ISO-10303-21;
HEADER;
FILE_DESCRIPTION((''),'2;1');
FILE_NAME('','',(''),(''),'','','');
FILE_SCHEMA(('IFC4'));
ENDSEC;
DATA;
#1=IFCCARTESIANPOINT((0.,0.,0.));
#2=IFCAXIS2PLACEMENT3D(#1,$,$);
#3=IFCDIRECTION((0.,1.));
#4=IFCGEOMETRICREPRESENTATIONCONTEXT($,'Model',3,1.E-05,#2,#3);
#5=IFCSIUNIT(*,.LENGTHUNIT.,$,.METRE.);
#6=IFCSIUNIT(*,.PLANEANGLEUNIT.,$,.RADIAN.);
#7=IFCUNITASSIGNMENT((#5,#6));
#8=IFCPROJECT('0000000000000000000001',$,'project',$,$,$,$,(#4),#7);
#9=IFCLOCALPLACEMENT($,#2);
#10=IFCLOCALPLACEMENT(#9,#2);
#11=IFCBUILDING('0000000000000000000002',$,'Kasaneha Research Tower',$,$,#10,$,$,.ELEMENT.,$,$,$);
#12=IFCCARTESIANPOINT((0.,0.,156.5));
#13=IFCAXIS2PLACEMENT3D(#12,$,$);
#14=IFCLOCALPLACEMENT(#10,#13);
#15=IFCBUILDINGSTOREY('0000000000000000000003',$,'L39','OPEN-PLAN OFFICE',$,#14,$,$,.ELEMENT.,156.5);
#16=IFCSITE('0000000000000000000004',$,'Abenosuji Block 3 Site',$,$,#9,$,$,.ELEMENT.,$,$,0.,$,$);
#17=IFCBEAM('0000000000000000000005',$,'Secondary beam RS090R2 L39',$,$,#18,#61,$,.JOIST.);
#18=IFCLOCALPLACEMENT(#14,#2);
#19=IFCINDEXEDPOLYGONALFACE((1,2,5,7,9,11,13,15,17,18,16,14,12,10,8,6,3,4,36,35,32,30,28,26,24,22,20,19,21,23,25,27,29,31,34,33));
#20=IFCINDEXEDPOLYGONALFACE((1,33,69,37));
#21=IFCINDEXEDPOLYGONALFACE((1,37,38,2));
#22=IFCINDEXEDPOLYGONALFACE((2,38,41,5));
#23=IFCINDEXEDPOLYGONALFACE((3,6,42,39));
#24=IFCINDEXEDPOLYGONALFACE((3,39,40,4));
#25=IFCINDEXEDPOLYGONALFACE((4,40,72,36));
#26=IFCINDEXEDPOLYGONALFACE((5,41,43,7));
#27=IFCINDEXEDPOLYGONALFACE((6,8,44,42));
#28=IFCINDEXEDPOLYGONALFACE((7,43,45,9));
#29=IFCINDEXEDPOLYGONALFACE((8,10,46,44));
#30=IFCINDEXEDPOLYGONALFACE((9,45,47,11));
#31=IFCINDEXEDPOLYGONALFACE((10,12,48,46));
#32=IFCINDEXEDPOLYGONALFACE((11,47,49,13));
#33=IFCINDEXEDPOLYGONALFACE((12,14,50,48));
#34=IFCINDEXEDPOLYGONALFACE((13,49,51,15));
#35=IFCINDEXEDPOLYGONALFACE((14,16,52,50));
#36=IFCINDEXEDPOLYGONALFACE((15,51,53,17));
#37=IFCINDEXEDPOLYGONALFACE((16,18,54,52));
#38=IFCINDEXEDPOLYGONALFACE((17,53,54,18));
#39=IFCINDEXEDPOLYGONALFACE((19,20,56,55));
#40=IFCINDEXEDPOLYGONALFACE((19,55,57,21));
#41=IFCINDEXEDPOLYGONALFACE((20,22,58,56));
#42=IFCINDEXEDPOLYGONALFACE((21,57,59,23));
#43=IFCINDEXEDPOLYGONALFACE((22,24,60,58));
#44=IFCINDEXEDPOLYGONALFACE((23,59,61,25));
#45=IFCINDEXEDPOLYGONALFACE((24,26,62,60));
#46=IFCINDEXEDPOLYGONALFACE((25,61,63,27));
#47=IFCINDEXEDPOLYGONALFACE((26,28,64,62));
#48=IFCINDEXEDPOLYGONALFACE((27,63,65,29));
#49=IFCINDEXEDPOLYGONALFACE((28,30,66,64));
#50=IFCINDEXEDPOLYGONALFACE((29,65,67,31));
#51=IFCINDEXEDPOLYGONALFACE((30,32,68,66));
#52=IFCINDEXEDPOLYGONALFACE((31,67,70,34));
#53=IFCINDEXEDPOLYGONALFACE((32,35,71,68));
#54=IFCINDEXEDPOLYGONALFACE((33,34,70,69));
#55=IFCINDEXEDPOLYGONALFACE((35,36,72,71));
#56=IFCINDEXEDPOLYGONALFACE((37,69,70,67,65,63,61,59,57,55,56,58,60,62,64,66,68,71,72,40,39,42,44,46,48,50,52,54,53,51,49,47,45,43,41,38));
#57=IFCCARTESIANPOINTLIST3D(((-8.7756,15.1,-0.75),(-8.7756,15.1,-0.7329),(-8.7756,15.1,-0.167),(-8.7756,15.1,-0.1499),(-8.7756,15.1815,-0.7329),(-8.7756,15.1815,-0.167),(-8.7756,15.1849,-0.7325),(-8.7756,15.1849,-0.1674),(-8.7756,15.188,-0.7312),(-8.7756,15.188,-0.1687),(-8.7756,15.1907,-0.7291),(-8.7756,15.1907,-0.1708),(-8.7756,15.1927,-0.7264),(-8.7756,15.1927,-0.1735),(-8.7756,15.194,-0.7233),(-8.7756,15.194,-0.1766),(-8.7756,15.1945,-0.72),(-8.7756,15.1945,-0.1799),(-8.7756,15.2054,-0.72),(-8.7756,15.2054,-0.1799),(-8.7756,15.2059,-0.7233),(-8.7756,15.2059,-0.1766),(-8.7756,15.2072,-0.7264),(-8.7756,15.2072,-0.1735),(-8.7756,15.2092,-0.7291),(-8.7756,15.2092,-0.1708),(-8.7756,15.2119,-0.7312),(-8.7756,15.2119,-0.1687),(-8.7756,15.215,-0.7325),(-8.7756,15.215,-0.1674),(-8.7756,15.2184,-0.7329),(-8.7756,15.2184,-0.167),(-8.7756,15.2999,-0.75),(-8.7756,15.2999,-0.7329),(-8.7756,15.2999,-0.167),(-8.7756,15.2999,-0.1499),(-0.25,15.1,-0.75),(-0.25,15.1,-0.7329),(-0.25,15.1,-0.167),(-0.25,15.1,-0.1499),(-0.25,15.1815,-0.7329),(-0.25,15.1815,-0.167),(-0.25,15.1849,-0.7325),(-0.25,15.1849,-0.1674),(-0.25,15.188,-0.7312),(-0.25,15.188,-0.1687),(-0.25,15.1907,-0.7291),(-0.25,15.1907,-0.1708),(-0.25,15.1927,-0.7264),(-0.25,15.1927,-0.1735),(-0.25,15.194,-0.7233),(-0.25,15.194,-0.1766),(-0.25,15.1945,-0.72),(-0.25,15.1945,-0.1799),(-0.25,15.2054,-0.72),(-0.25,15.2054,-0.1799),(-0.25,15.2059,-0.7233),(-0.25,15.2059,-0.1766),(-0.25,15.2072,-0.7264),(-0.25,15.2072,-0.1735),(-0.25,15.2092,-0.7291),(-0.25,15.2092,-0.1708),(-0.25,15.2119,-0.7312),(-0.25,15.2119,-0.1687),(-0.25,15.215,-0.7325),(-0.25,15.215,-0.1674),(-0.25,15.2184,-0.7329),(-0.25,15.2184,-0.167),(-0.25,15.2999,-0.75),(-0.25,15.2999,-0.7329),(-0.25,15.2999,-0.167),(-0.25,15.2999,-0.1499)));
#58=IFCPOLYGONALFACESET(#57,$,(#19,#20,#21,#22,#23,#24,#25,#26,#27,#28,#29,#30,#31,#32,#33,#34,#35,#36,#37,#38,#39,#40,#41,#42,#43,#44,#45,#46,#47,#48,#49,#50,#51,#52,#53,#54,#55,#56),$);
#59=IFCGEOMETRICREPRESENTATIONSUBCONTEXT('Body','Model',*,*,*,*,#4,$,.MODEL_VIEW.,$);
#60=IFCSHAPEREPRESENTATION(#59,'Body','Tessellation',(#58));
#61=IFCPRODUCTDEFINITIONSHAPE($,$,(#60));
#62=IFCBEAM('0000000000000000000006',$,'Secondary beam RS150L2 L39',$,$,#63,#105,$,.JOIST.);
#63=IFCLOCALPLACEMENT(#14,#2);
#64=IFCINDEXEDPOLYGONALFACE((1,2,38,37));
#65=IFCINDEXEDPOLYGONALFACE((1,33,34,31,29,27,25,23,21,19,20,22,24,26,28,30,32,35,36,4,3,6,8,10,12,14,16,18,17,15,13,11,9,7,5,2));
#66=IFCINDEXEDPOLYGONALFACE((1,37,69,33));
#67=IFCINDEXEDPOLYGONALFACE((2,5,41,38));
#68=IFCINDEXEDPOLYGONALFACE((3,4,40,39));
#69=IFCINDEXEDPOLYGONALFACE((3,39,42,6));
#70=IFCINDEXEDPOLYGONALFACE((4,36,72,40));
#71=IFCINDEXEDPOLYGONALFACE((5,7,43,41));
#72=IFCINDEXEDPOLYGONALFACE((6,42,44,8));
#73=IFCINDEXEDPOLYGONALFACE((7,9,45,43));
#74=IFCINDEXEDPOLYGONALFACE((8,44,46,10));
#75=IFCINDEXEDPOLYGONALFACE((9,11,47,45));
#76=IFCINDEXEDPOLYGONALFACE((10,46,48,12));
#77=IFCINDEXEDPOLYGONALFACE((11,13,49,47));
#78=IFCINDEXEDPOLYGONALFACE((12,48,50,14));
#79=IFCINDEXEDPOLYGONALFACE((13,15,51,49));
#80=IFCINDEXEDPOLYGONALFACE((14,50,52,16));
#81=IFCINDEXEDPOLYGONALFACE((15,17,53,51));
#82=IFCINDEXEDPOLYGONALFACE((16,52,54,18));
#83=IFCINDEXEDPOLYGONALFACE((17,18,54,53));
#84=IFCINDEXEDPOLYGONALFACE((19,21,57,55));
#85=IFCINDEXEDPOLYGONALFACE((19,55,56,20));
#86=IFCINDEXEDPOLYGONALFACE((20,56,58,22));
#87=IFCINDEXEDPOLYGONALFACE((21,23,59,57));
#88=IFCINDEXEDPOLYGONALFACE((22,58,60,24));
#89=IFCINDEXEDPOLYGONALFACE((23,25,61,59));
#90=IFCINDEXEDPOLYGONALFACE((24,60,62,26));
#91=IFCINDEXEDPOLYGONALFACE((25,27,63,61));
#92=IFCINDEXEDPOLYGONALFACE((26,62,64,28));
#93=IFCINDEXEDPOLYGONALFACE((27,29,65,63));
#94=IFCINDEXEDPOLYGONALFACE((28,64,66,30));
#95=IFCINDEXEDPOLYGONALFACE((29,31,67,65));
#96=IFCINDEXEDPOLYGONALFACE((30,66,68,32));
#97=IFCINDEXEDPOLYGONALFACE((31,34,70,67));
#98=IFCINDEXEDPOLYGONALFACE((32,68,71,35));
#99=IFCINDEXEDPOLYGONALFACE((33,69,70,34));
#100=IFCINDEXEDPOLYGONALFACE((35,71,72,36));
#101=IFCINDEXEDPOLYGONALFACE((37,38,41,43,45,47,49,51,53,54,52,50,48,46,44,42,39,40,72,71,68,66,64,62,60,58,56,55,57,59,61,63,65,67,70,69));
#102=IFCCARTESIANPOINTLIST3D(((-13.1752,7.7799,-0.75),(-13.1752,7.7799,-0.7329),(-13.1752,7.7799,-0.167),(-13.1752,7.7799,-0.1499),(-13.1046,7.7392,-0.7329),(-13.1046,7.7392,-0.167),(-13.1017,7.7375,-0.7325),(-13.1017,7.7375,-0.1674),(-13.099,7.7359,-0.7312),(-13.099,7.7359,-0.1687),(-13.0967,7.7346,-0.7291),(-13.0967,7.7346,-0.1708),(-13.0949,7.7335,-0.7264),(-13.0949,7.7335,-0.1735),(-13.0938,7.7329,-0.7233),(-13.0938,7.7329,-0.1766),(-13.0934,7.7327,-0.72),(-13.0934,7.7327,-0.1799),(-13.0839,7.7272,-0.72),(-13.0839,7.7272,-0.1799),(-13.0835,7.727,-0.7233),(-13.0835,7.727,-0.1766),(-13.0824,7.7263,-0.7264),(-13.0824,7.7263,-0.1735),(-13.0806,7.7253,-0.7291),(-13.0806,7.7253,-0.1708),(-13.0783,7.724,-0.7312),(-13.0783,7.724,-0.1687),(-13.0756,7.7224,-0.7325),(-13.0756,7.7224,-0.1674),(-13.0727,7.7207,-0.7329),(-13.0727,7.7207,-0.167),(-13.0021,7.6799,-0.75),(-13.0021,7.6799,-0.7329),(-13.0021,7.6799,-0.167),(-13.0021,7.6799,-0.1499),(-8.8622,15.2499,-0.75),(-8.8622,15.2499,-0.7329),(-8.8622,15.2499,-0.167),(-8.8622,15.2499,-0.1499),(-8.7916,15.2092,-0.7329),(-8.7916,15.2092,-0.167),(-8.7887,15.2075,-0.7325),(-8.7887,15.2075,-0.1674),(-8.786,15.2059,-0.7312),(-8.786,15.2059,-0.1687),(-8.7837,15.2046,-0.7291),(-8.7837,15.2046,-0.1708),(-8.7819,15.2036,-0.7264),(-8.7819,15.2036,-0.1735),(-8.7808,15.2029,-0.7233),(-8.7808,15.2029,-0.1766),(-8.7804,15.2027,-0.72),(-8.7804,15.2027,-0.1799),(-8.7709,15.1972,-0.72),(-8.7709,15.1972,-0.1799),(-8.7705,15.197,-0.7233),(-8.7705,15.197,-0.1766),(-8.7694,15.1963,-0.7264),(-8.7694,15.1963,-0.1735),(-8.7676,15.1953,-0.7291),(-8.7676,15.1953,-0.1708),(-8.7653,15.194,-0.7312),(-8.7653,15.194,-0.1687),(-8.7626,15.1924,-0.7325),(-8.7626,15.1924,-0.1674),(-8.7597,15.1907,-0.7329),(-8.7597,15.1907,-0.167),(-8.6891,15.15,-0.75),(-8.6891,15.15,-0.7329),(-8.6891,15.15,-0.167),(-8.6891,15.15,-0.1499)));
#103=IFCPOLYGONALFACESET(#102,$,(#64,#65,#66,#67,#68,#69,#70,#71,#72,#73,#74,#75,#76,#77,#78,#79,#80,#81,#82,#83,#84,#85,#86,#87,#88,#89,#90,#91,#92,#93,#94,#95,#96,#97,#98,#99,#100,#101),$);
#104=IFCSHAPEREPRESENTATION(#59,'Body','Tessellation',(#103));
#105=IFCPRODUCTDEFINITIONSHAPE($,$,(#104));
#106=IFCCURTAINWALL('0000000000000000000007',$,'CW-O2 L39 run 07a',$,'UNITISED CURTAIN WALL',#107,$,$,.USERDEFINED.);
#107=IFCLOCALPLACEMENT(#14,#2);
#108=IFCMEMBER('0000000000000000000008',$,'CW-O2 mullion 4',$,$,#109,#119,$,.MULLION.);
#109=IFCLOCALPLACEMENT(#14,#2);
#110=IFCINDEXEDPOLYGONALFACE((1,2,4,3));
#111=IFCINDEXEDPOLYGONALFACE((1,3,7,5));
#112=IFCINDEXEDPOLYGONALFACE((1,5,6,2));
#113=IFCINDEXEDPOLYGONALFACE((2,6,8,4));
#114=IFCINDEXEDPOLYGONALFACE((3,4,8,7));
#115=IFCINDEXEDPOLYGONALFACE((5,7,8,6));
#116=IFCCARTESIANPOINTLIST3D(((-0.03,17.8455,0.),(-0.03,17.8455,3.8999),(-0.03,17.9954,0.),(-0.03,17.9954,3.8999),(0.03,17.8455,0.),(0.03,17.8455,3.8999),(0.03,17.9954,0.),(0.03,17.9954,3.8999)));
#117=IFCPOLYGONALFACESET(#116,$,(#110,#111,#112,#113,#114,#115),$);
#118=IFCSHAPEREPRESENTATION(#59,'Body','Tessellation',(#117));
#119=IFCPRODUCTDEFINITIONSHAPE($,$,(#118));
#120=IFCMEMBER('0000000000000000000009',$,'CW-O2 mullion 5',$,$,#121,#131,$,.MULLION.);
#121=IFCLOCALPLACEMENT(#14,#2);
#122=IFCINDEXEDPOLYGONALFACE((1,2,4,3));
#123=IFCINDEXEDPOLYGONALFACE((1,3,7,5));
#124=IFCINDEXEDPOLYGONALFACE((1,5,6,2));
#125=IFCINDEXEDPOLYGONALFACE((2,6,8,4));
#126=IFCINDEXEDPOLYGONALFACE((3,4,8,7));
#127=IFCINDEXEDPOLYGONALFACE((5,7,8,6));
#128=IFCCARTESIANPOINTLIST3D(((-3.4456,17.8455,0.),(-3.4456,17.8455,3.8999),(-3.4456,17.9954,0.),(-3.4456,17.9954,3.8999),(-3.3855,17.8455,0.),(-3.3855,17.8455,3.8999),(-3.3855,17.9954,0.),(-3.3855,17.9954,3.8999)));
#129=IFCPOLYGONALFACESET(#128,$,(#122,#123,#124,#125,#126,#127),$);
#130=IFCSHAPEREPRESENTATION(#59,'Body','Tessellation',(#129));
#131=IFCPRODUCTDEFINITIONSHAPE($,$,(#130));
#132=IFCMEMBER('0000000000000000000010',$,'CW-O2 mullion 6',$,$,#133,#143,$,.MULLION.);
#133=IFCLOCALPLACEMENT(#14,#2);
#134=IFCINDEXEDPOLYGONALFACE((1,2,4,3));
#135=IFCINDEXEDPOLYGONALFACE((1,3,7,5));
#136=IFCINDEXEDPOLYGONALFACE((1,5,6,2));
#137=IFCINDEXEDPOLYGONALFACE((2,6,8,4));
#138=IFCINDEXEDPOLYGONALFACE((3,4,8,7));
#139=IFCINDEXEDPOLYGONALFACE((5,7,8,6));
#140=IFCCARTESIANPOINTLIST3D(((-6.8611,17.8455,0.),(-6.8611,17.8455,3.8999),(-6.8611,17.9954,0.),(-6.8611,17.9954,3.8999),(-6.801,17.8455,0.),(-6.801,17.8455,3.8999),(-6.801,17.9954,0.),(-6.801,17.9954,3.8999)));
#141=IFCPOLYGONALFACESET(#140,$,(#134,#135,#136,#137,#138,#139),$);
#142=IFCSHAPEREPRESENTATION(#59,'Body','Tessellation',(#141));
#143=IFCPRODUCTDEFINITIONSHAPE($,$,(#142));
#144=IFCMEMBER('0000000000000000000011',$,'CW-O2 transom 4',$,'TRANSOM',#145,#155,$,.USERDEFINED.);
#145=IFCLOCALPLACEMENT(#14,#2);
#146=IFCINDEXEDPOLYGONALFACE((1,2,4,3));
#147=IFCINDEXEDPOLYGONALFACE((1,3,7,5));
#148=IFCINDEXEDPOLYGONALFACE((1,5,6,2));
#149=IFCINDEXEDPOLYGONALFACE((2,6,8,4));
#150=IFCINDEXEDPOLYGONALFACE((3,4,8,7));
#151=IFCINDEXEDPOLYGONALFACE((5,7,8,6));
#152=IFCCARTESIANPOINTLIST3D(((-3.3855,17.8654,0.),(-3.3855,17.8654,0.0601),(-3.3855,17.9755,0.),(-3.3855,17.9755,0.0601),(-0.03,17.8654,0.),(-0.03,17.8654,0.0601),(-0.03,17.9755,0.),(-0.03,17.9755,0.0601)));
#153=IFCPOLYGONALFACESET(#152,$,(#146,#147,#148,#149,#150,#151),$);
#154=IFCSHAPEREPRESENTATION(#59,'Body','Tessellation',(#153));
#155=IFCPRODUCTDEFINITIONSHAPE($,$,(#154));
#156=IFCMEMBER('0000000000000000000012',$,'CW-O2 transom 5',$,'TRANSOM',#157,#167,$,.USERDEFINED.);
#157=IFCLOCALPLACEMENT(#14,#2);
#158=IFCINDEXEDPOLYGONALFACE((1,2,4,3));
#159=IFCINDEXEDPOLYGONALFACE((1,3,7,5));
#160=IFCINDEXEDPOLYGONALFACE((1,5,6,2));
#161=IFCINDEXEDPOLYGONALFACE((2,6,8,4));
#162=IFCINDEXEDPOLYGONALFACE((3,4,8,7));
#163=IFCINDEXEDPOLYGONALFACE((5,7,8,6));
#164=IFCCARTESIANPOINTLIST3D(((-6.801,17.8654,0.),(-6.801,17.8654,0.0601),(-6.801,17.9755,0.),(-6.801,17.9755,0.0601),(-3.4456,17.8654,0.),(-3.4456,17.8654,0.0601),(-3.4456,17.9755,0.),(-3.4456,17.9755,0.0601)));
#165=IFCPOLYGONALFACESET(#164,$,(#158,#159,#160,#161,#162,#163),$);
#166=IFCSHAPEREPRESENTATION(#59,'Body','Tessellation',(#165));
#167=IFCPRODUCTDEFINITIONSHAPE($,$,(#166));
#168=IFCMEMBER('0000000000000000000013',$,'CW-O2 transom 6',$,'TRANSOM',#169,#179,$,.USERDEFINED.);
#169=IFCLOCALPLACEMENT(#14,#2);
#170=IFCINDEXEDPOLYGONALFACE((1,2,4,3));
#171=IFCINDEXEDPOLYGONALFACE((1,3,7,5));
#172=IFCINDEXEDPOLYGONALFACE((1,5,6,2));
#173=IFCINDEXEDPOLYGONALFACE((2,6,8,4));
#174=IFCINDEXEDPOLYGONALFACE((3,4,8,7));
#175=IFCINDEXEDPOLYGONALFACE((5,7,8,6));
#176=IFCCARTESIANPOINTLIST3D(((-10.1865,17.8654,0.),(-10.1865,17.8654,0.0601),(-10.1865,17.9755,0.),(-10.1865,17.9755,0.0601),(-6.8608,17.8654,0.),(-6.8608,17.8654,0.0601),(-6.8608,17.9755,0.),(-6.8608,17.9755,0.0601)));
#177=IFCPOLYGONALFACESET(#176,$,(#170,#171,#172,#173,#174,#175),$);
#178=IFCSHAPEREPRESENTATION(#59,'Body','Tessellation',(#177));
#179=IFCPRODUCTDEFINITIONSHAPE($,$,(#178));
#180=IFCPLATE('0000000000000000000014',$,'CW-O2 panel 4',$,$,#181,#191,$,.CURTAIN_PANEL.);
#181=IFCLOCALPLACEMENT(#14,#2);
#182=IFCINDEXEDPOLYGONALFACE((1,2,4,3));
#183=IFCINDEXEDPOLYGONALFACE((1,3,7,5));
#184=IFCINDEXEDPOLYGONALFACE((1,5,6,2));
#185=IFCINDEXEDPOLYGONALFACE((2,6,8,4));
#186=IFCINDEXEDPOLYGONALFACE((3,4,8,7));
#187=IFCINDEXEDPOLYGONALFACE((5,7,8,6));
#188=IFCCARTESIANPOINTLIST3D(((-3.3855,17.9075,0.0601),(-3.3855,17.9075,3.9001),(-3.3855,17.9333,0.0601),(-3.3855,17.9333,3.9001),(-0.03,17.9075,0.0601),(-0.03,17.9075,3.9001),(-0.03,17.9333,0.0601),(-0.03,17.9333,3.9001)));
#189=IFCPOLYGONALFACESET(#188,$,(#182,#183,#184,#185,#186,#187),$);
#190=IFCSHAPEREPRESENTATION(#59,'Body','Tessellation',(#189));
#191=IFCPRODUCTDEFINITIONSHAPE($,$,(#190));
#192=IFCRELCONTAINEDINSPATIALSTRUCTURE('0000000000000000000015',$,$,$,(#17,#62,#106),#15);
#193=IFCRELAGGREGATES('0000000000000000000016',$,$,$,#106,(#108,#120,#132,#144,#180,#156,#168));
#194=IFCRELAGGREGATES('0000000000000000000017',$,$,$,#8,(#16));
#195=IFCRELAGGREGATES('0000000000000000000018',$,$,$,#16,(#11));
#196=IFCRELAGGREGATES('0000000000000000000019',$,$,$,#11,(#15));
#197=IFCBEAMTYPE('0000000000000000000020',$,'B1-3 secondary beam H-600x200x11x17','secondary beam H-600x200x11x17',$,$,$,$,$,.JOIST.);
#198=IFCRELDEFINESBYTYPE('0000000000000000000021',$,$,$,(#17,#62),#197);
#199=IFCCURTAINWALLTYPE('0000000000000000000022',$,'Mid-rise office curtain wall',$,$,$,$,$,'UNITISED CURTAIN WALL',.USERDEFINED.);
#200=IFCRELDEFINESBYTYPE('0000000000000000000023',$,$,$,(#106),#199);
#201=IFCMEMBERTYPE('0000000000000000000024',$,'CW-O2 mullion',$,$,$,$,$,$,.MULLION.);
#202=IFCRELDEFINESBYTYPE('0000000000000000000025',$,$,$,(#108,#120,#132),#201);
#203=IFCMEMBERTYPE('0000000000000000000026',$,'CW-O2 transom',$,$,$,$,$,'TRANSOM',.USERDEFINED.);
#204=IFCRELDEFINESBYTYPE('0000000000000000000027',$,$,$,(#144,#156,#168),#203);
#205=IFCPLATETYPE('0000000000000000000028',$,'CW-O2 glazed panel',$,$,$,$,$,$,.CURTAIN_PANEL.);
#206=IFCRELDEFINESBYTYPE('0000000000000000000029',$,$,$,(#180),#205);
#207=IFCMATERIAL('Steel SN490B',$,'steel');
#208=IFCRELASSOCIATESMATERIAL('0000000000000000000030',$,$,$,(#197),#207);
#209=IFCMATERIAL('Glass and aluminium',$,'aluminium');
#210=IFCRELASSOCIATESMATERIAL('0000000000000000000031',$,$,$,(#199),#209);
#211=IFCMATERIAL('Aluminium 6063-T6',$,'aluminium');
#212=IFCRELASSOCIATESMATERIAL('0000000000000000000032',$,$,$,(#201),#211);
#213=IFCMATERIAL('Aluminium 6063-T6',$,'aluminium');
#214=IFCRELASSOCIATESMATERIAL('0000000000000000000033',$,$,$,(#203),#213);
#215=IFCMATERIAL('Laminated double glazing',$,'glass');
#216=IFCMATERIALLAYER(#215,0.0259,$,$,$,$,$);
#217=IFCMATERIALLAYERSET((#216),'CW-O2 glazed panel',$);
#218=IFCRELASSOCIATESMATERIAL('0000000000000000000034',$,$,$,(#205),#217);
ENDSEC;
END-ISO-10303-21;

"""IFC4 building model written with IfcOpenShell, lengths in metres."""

from ifc_helpers import new_model, si_unit, direction, frame, origin, origin_2d, place, context, subcontext, project, spatial, rectangle, i_section, extrude, material, layer, layer_set, material_profile, profile_set, type_object, element, aggregate, save


model = new_model("IFC4")

# Units and contexts
model_context = context("Model", 3, precision=1e-05, world=origin(), true_north=direction((0.0, 1.0)))
body_context = subcontext(model_context, "Body", "Model", "MODEL_VIEW")
ifc_project = project(units=[si_unit("LENGTHUNIT", "METRE"), si_unit("PLANEANGLEUNIT", "RADIAN")], contexts=[model_context])

# Site, building, storey
site_placement = place(None, origin())
site = spatial("IfcSite", under=ifc_project, at=site_placement, Name="Abenosuji Block 3 Site", CompositionType="ELEMENT", RefElevation=0.0)
building_placement = place(site_placement, origin())
building = spatial("IfcBuilding", under=site, at=building_placement, Name="Kasaneha Research Tower", CompositionType="ELEMENT")
storey_placement = place(building_placement, frame((0.0, 0.0, 156.5)))
storey = spatial("IfcBuildingStorey", under=building, at=storey_placement, Name="L39", Description="OPEN-PLAN OFFICE", CompositionType="ELEMENT", Elevation=156.5)

# Beams
ifc_material_1 = material(Name="Steel SN490B", Category="steel")
ifc_material_profile_1 = material_profile(ifc_material_1, i_section(OverallWidth=0.2, OverallDepth=0.6001, WebThickness=0.011, FlangeThickness=0.0171, FilletRadius=0.0129, at=origin_2d()), Name="H-600x200x11x17")
ifc_profile_set_1 = profile_set([ifc_material_profile_1], Name="Steel SN490B")
beam_type = type_object("IfcBeamType", Name="B1-3 secondary beam H-600x200x11x17", Description="secondary beam H-600x200x11x17", PredefinedType="JOIST", material=ifc_profile_set_1)
beam_1_placement = place(storey_placement, frame((-8.7756, 15.2, -0.45), z_axis=(1.0, 0.0, 0.0), x_axis=(0.0, 1.0, 0.0)))
element("IfcBeam", 1, at=beam_1_placement, inside=storey, type_object=beam_type, Name="Secondary beam RS090R2 L39", PredefinedType="JOIST", context=body_context, shape_type="SweptSolid", body=[
    extrude(i_section(OverallWidth=0.2, OverallDepth=0.6001, WebThickness=0.011, FlangeThickness=0.0171, FilletRadius=0.0129, at=origin_2d()), origin(), (0.0, 0.0, 1.0), 8.5256),
])
beam_2_placement = place(storey_placement, frame((-8.7756, 15.2, -0.45), z_axis=(-0.500017, -0.866015, 0.0), x_axis=(0.866015, -0.500017, 0.0)))
element("IfcBeam", 2, at=beam_2_placement, inside=storey, type_object=beam_type, Name="Secondary beam RS150L2 L39", PredefinedType="JOIST", context=body_context, shape_type="SweptSolid", body=[
    extrude(i_section(OverallWidth=0.2, OverallDepth=0.6001, WebThickness=0.011, FlangeThickness=0.0171, FilletRadius=0.0129, at=origin_2d()), origin(), (0.0, 0.0, 1.0), 8.6257),
])

# Curtain wall, members, plate
ifc_material_2 = material(Name="Glass and aluminium", Category="aluminium")
curtain_wall_type = type_object("IfcCurtainWallType", Name="Mid-rise office curtain wall", ElementType="UNITISED CURTAIN WALL", PredefinedType="USERDEFINED", material=ifc_material_2)
curtain_wall_placement = place(storey_placement, origin())
curtain_wall = element("IfcCurtainWall", 3, at=curtain_wall_placement, inside=storey, type_object=curtain_wall_type, Name="CW-O2 L39 run 07a", ObjectType="UNITISED CURTAIN WALL", PredefinedType="USERDEFINED")
ifc_material_3 = material(Name="Aluminium 6063-T6", Category="aluminium")
ifc_material_profile_2 = material_profile(ifc_material_3, rectangle(XDim=0.0601, YDim=0.1499, at=origin_2d()), Name="CW-O2 mullion 60x150")
ifc_profile_set_2 = profile_set([ifc_material_profile_2], Name="Aluminium 6063-T6")
member_type_1 = type_object("IfcMemberType", Name="CW-O2 mullion", PredefinedType="MULLION", material=ifc_profile_set_2)
member_1_placement = place(storey_placement, frame((0.0, 17.9204, 0.0), z_axis=(0.0, 0.0, 1.0), x_axis=(-1.0, 0.0, 0.0)))
member_1 = element("IfcMember", 4, at=member_1_placement, type_object=member_type_1, Name="CW-O2 mullion 4", PredefinedType="MULLION", context=body_context, shape_type="SweptSolid", body=[
    extrude(rectangle(XDim=0.0601, YDim=0.1499, at=origin_2d()), origin(), (0.0, 0.0, 1.0), 3.8999),
])
member_2_placement = place(storey_placement, frame((-3.4155, 17.9204, 0.0), z_axis=(0.0, 0.0, 1.0), x_axis=(-1.0, 0.0, 0.0)))
member_2 = element("IfcMember", 5, at=member_2_placement, type_object=member_type_1, Name="CW-O2 mullion 5", PredefinedType="MULLION", context=body_context, shape_type="SweptSolid", body=[
    extrude(rectangle(XDim=0.0601, YDim=0.1499, at=origin_2d()), origin(), (0.0, 0.0, 1.0), 3.8999),
])
member_3_placement = place(storey_placement, frame((-6.8311, 17.9204, 0.0), z_axis=(0.0, 0.0, 1.0), x_axis=(-1.0, 0.0, 0.0)))
member_3 = element("IfcMember", 6, at=member_3_placement, type_object=member_type_1, Name="CW-O2 mullion 6", PredefinedType="MULLION", context=body_context, shape_type="SweptSolid", body=[
    extrude(rectangle(XDim=0.0601, YDim=0.1499, at=origin_2d()), origin(), (0.0, 0.0, 1.0), 3.8999),
])
ifc_material_4 = material(Name="Aluminium 6063-T6", Category="aluminium")
ifc_material_profile_3 = material_profile(ifc_material_4, rectangle(XDim=0.1101, YDim=0.0601, at=origin_2d()), Name="CW-O2 transom 110x60")
ifc_profile_set_3 = profile_set([ifc_material_profile_3], Name="Aluminium 6063-T6")
member_type_2 = type_object("IfcMemberType", Name="CW-O2 transom", ElementType="TRANSOM", PredefinedType="USERDEFINED", material=ifc_profile_set_3)
member_4_placement = place(storey_placement, frame((-0.03, 17.9204, 0.03), z_axis=(-1.0, 0.0, 0.0), x_axis=(0.0, -1.0, 0.0)))
member_4 = element("IfcMember", 7, at=member_4_placement, type_object=member_type_2, Name="CW-O2 transom 4", ObjectType="TRANSOM", PredefinedType="USERDEFINED", context=body_context, shape_type="SweptSolid", body=[
    extrude(rectangle(XDim=0.1101, YDim=0.0601, at=origin_2d()), origin(), (0.0, 0.0, 1.0), 3.3555),
])
member_5_placement = place(storey_placement, frame((-3.4456, 17.9204, 0.03), z_axis=(-1.0, 0.0, 0.0), x_axis=(0.0, -1.0, 0.0)))
member_5 = element("IfcMember", 8, at=member_5_placement, type_object=member_type_2, Name="CW-O2 transom 5", ObjectType="TRANSOM", PredefinedType="USERDEFINED", context=body_context, shape_type="SweptSolid", body=[
    extrude(rectangle(XDim=0.1101, YDim=0.0601, at=origin_2d()), origin(), (0.0, 0.0, 1.0), 3.3555),
])
member_6_placement = place(storey_placement, frame((-6.8608, 17.9204, 0.03), z_axis=(-1.0, 0.0, 0.0), x_axis=(0.0, -1.0, 0.0)))
member_6 = element("IfcMember", 9, at=member_6_placement, type_object=member_type_2, Name="CW-O2 transom 6", ObjectType="TRANSOM", PredefinedType="USERDEFINED", context=body_context, shape_type="SweptSolid", body=[
    extrude(rectangle(XDim=0.1101, YDim=0.0601, at=origin_2d()), origin(), (0.0, 0.0, 1.0), 3.3257),
])
ifc_material_5 = material(Name="Laminated double glazing", Category="glass")
ifc_layer_1 = layer(ifc_material_5, 0.0259)
ifc_layer_set_1 = layer_set([ifc_layer_1], Name="CW-O2 glazed panel")
plate_type = type_object("IfcPlateType", Name="CW-O2 glazed panel", PredefinedType="CURTAIN_PANEL", material=ifc_layer_set_1)
plate_1_placement = place(storey_placement, frame((-1.7078, 17.9204, 0.0601), z_axis=(0.0, 0.0, 1.0), x_axis=(-1.0, 0.0, 0.0)))
plate_1 = element("IfcPlate", 10, at=plate_1_placement, type_object=plate_type, Name="CW-O2 panel 4", PredefinedType="CURTAIN_PANEL", context=body_context, shape_type="SweptSolid", body=[
    extrude(rectangle(XDim=3.3555, YDim=0.0259, at=origin_2d()), origin(), (0.0, 0.0, 1.0), 3.8401),
])
aggregate(curtain_wall, [member_1, member_2, member_3, member_4, plate_1, member_5, member_6])

save(model, "model.ifc")
